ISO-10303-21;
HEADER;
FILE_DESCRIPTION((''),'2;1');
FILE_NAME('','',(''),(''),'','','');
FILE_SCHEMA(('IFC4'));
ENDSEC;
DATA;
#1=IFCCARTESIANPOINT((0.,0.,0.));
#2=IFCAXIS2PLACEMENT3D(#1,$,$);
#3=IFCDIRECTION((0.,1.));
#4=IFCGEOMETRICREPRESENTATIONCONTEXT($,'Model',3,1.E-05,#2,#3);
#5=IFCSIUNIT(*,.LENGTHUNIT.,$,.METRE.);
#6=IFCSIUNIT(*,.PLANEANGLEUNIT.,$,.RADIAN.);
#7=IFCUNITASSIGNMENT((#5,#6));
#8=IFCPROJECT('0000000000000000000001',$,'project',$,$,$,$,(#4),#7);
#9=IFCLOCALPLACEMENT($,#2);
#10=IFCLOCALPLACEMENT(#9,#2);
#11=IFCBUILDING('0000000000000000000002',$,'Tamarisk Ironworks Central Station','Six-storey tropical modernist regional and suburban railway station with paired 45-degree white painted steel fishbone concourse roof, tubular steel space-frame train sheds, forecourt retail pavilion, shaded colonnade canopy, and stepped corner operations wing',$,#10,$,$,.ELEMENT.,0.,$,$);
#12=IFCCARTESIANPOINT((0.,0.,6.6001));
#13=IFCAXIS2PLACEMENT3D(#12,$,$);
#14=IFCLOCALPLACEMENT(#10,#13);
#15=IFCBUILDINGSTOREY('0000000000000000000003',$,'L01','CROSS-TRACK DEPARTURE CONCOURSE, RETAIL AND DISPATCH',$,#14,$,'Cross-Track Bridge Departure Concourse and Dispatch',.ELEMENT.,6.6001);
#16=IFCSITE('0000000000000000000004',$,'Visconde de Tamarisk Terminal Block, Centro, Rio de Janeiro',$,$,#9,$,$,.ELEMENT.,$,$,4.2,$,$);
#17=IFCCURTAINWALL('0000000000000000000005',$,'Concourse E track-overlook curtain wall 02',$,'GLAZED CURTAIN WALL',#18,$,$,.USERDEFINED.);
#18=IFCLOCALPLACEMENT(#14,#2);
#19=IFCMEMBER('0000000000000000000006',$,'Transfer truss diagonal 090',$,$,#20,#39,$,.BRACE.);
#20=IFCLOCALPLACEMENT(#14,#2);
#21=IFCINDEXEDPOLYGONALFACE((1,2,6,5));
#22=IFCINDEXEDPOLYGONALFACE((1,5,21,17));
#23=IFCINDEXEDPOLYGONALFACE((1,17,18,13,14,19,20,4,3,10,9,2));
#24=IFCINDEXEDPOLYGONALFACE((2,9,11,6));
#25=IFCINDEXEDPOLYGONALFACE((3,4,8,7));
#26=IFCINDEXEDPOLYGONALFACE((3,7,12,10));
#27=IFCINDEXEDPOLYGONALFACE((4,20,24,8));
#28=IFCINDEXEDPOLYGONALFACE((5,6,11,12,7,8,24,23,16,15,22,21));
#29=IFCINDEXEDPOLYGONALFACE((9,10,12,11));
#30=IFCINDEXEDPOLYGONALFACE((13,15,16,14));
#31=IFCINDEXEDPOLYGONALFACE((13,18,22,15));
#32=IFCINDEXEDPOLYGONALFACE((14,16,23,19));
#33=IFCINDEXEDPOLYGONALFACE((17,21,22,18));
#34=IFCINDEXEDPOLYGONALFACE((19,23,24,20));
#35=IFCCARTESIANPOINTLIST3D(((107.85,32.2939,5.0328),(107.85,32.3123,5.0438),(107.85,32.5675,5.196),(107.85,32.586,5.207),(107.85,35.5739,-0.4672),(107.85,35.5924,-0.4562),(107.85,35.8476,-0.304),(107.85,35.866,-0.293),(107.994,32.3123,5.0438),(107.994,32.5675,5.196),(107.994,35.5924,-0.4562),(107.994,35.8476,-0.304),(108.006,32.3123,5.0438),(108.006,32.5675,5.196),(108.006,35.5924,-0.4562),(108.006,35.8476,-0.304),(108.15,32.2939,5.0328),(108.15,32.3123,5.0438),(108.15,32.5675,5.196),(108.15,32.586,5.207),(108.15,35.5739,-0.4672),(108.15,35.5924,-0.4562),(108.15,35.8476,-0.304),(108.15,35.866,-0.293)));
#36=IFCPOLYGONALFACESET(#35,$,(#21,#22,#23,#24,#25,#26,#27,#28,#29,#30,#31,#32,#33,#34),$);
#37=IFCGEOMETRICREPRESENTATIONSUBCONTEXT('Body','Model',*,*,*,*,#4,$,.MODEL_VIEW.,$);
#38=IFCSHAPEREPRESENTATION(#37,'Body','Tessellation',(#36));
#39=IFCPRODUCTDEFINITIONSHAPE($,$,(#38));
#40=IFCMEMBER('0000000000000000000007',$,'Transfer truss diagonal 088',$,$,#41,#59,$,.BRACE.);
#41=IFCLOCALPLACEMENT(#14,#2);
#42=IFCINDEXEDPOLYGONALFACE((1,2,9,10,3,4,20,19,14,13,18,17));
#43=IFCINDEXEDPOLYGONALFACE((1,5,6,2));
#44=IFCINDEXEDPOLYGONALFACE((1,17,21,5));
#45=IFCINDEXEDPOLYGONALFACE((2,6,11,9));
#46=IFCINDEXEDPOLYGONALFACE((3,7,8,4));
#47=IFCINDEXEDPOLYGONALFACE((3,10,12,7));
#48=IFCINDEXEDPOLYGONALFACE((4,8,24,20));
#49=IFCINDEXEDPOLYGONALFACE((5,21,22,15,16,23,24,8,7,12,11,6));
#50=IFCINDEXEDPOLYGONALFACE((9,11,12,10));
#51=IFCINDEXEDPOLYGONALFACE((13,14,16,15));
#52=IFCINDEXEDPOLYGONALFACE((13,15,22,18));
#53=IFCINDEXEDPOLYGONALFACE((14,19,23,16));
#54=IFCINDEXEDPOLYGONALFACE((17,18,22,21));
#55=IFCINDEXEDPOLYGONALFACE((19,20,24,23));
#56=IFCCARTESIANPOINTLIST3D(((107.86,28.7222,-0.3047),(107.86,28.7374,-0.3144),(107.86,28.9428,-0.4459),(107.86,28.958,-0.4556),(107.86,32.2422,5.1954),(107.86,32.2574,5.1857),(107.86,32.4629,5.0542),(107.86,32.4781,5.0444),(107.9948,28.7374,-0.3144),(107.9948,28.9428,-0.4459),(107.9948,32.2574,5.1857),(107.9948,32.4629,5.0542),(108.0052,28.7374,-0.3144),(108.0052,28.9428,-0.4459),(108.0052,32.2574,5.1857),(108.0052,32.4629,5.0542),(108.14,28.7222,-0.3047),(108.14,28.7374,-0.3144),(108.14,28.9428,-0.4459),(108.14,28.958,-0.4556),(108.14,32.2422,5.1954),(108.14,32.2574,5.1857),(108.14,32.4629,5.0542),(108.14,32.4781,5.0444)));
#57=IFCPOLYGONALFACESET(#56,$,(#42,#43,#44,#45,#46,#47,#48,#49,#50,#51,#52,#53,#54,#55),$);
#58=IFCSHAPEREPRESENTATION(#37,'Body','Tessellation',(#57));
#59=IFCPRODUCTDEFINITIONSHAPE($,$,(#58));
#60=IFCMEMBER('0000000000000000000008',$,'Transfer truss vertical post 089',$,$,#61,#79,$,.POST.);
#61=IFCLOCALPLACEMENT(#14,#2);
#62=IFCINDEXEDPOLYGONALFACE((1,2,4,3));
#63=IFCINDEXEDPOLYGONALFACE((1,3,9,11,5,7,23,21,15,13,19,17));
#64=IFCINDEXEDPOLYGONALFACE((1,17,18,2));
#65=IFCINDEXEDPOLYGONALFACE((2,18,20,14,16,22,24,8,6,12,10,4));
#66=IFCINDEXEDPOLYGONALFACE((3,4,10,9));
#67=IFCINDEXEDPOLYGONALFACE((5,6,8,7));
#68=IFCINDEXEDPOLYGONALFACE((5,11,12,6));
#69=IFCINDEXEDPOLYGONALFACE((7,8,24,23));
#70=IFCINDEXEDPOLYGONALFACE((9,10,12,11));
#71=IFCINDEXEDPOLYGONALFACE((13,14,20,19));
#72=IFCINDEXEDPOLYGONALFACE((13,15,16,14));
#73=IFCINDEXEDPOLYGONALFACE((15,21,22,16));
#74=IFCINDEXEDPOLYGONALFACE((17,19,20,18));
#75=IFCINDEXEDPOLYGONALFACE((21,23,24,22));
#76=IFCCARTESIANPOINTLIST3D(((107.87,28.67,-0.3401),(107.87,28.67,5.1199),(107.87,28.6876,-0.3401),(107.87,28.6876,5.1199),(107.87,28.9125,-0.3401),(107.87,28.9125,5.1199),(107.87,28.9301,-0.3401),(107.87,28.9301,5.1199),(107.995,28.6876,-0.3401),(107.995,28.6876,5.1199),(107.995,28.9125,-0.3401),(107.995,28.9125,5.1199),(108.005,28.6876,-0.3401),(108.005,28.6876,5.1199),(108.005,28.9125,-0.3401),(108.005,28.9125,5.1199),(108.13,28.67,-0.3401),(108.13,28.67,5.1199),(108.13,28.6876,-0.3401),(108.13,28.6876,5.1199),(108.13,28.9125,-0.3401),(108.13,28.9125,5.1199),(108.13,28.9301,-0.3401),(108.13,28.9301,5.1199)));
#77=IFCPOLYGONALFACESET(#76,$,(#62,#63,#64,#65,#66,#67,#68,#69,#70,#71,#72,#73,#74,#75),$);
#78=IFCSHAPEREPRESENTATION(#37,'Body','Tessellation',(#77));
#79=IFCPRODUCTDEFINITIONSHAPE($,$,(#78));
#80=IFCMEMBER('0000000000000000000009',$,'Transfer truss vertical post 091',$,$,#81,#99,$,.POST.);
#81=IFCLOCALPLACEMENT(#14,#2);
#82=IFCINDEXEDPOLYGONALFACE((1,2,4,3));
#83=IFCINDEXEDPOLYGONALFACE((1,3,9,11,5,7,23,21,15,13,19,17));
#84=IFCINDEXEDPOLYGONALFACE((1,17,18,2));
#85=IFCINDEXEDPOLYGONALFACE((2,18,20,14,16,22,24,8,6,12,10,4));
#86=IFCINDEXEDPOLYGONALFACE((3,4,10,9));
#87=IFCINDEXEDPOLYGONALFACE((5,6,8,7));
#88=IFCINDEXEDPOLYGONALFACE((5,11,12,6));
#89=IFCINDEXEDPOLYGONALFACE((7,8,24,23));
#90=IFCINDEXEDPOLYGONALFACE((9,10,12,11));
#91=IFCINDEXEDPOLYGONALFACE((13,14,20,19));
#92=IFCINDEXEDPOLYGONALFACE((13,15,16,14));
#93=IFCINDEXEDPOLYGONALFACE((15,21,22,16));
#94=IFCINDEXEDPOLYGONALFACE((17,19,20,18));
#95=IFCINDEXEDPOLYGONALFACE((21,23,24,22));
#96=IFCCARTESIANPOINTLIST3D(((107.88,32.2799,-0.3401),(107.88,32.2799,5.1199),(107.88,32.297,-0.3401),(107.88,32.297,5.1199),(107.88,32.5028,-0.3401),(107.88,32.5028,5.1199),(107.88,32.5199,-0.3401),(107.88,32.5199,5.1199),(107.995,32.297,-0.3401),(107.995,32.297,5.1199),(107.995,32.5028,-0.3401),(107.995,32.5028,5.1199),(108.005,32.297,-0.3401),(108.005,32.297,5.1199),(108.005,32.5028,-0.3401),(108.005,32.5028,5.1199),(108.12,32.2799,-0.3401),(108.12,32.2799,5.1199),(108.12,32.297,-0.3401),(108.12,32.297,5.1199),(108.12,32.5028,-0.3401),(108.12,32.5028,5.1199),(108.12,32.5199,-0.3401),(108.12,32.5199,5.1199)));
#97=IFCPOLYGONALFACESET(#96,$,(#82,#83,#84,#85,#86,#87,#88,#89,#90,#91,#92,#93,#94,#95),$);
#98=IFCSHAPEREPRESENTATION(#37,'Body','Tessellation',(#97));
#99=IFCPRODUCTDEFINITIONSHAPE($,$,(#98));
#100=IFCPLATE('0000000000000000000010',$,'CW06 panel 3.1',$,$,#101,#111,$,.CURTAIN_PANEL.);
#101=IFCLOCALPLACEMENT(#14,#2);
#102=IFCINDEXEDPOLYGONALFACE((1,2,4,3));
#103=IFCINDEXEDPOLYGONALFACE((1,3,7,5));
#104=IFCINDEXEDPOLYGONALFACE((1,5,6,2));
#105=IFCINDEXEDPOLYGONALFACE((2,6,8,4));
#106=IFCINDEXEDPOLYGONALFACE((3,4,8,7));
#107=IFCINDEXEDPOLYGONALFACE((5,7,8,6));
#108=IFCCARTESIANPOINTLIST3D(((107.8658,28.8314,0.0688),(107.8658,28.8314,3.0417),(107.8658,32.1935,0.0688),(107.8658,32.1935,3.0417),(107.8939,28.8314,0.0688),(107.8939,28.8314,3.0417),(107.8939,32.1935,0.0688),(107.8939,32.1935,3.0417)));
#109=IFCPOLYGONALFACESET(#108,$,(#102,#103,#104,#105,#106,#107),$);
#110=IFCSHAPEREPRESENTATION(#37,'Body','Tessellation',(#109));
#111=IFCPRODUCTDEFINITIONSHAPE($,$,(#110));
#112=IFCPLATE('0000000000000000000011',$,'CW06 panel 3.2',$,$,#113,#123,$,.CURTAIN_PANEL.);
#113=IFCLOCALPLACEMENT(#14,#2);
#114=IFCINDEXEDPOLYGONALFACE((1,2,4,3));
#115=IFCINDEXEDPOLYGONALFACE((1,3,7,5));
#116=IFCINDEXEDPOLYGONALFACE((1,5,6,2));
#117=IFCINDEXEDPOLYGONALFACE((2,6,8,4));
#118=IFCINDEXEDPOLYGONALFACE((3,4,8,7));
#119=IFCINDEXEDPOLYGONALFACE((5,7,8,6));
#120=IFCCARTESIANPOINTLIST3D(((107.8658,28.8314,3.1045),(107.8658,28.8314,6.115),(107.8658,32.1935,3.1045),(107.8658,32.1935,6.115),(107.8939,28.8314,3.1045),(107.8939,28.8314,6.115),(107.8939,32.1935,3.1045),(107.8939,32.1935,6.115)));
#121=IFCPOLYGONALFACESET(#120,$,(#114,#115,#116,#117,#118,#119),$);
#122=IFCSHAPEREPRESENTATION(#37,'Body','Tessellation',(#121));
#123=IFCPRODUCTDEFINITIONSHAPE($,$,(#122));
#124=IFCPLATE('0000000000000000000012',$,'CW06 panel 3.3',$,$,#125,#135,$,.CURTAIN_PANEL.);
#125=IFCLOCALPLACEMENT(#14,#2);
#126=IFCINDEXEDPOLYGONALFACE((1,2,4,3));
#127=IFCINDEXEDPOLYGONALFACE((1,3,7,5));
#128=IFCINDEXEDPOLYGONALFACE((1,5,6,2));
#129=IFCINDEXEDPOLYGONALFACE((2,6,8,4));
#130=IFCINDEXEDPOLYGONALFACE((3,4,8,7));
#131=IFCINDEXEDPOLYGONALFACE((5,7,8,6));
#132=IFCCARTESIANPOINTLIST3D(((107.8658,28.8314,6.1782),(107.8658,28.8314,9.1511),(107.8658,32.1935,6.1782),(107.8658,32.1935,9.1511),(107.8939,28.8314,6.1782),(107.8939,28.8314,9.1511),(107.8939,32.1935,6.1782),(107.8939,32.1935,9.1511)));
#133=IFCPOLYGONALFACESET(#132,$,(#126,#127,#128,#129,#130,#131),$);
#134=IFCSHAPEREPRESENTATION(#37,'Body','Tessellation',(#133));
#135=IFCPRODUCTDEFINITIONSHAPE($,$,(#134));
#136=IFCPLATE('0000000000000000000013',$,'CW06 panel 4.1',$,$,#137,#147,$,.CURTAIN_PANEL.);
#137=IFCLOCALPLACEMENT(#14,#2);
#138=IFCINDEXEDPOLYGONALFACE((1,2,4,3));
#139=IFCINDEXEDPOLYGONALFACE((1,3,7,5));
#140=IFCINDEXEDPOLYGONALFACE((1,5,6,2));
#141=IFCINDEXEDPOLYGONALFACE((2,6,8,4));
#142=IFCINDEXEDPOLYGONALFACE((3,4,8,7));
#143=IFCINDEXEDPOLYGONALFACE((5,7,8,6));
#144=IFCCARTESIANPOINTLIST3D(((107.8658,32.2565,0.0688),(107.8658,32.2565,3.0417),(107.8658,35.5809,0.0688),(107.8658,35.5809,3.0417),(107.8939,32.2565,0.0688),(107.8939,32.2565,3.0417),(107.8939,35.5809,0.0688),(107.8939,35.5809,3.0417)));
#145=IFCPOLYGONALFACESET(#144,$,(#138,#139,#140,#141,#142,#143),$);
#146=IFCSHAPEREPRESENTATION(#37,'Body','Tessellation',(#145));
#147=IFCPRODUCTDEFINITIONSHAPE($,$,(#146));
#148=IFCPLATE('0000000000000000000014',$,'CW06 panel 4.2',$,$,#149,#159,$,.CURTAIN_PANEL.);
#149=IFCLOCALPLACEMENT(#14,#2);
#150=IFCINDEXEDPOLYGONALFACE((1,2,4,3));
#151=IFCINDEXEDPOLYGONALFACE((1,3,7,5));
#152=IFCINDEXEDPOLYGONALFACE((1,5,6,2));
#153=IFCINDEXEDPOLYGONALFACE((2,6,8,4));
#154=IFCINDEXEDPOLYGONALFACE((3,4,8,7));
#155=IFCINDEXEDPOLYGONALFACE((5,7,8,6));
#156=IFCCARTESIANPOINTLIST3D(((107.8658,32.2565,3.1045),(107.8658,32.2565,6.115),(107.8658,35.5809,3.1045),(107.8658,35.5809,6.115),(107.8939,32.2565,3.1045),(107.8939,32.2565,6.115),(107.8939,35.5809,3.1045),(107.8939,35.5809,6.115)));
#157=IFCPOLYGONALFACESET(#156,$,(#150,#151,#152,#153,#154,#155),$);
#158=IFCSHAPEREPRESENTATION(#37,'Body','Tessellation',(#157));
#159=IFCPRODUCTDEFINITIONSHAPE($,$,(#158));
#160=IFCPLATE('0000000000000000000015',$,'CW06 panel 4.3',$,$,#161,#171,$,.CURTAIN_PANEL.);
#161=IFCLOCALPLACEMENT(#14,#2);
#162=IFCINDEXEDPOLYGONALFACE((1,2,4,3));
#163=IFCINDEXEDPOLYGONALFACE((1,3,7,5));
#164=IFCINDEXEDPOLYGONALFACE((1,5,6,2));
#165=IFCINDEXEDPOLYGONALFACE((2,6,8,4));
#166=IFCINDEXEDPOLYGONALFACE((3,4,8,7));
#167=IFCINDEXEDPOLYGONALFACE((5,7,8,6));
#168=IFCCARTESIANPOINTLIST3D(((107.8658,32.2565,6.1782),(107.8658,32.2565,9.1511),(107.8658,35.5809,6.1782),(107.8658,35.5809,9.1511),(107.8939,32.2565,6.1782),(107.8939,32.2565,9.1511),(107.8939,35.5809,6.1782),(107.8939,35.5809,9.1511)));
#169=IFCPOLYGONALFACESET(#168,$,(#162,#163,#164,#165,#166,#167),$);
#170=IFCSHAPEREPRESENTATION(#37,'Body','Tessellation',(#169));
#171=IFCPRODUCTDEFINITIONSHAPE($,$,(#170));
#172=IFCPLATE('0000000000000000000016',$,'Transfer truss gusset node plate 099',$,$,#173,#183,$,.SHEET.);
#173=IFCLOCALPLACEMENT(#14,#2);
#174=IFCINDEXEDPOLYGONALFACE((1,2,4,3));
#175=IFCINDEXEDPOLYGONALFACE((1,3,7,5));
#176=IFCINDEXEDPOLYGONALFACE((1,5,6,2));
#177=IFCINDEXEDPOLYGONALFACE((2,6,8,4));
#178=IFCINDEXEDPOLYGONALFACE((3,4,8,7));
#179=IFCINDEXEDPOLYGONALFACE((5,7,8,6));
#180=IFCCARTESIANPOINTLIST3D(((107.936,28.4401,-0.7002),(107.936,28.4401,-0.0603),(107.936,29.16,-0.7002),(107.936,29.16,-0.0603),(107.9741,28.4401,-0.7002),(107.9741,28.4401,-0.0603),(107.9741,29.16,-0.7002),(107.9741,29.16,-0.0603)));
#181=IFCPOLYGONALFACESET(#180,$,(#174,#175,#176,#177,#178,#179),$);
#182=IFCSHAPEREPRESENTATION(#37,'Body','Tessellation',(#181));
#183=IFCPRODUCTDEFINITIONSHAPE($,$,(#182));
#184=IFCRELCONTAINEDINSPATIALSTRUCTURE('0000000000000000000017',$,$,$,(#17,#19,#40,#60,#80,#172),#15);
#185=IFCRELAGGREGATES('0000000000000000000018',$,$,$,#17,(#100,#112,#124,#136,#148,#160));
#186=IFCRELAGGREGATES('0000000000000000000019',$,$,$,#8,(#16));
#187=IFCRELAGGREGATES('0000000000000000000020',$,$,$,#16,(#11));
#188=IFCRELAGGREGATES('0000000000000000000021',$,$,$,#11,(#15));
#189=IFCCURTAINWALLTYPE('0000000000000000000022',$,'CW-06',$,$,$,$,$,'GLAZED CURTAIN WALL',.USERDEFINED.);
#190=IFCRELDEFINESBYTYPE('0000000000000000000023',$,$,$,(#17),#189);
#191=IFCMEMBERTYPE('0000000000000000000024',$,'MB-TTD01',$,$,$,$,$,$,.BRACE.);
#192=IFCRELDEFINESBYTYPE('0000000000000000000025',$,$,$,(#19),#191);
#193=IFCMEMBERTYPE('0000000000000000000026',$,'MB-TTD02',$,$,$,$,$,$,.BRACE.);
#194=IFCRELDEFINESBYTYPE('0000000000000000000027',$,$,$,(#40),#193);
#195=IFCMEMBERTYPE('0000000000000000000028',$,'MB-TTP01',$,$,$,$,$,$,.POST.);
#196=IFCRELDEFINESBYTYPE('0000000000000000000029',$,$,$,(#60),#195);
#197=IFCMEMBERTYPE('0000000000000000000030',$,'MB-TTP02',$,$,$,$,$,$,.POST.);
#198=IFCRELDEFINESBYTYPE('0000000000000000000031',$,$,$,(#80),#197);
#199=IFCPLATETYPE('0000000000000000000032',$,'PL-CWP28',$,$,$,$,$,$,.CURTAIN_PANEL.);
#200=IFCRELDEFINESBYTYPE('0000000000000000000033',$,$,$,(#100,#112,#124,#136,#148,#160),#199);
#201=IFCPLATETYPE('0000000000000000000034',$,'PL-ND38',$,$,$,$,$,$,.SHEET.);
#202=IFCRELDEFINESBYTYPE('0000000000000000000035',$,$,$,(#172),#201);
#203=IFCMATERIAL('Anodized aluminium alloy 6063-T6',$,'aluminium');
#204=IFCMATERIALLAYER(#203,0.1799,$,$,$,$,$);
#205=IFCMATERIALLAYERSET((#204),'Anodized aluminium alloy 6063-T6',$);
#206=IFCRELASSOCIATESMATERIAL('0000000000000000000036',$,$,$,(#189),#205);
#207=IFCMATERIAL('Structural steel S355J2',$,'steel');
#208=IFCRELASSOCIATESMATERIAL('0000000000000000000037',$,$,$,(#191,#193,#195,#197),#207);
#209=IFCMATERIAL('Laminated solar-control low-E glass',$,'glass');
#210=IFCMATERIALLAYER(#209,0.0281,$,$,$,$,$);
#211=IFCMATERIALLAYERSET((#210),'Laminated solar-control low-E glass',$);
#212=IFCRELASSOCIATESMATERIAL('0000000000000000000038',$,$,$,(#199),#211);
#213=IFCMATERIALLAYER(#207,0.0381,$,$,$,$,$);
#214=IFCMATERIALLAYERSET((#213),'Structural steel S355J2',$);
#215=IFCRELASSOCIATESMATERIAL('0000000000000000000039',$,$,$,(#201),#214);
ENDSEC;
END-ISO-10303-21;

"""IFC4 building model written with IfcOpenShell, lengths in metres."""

from ifc_helpers import new_model, si_unit, direction, frame, origin, origin_2d, place, context, subcontext, project, spatial, rectangle, i_section, extrude, material, layer, layer_set, material_profile, profile_set, type_object, element, aggregate, save


model = new_model("IFC4")

# Units and contexts
model_context = context("Model", 3, precision=1e-05, world=origin(), true_north=direction((0.0, 1.0)))
body_context = subcontext(model_context, "Body", "Model", "MODEL_VIEW")
ifc_project = project(units=[si_unit("LENGTHUNIT", "METRE"), si_unit("PLANEANGLEUNIT", "RADIAN")], contexts=[model_context])

# Site, building, storey
site_placement = place(None, origin())
site = spatial("IfcSite", under=ifc_project, at=site_placement, Name="Visconde de Tamarisk Terminal Block, Centro, Rio de Janeiro", CompositionType="ELEMENT", RefElevation=4.2)
building_placement = place(site_placement, origin())
building = spatial("IfcBuilding", under=site, at=building_placement, Name="Tamarisk Ironworks Central Station", Description="Six-storey tropical modernist regional and suburban railway station with paired 45-degree white painted steel fishbone concourse roof, tubular steel space-frame train sheds, forecourt retail pavilion, shaded colonnade canopy, and stepped corner operations wing", CompositionType="ELEMENT", ElevationOfRefHeight=0.0)
storey_placement = place(building_placement, frame((0.0, 0.0, 6.6001)))
storey = spatial("IfcBuildingStorey", under=building, at=storey_placement, Name="L01", Description="CROSS-TRACK DEPARTURE CONCOURSE, RETAIL AND DISPATCH", LongName="Cross-Track Bridge Departure Concourse and Dispatch", CompositionType="ELEMENT", Elevation=6.6001)

# Curtain wall
ifc_material_1 = material(Name="Anodized aluminium alloy 6063-T6", Category="aluminium")
ifc_layer_1 = layer(ifc_material_1, 0.1799)
ifc_layer_set_1 = layer_set([ifc_layer_1], Name="Anodized aluminium alloy 6063-T6")
curtain_wall_type = type_object("IfcCurtainWallType", Name="CW-06", ElementType="GLAZED CURTAIN WALL", PredefinedType="USERDEFINED", material=ifc_layer_set_1)
curtain_wall_placement = place(storey_placement, origin())
curtain_wall = element("IfcCurtainWall", 1, at=curtain_wall_placement, inside=storey, type_object=curtain_wall_type, Name="Concourse E track-overlook curtain wall 02", ObjectType="GLAZED CURTAIN WALL", PredefinedType="USERDEFINED")

# Members
ifc_material_2 = material(Name="Structural steel S355J2", Category="steel")
ifc_material_profile_1 = material_profile(ifc_material_2, i_section(OverallWidth=0.3, OverallDepth=0.3401, WebThickness=0.012, FlangeThickness=0.0215, at=origin_2d()), Name="HEB 340")
ifc_profile_set_1 = profile_set([ifc_material_profile_1], Name="Structural steel S355J2")
member_type_1 = type_object("IfcMemberType", Name="MB-TTD01", PredefinedType="BRACE", material=ifc_profile_set_1)
member_1_placement = place(storey_placement, frame((108.0, 32.4399, 5.1199), z_axis=(0.0, 0.512201, -0.858866), x_axis=(-1.0, 0.0, 0.0)))
element("IfcMember", 2, at=member_1_placement, inside=storey, type_object=member_type_1, Name="Transfer truss diagonal 090", PredefinedType="BRACE", context=body_context, shape_type="SweptSolid", body=[
    extrude(i_section(OverallWidth=0.3, OverallDepth=0.3401, WebThickness=0.012, FlangeThickness=0.0215, at=origin_2d()), origin(), (0.0, 0.0, 1.0), 6.4038),
])
ifc_material_profile_2 = material_profile(ifc_material_2, i_section(OverallWidth=0.28, OverallDepth=0.28, WebThickness=0.0105, FlangeThickness=0.0181, at=origin_2d()), Name="HEB 280")
ifc_profile_set_2 = profile_set([ifc_material_profile_2], Name="Structural steel S355J2")
member_type_2 = type_object("IfcMemberType", Name="MB-TTD02", PredefinedType="BRACE", material=ifc_profile_set_2)
member_2_placement = place(storey_placement, frame((108.0, 28.8401, -0.3801), z_axis=(0.0, 0.539056, 0.84227), x_axis=(-1.0, 0.0, 0.0)))
element("IfcMember", 3, at=member_2_placement, inside=storey, type_object=member_type_2, Name="Transfer truss diagonal 088", PredefinedType="BRACE", context=body_context, shape_type="SweptSolid", body=[
    extrude(i_section(OverallWidth=0.28, OverallDepth=0.28, WebThickness=0.0105, FlangeThickness=0.0181, at=origin_2d()), origin(), (0.0, 0.0, 1.0), 6.53),
])
ifc_material_profile_3 = material_profile(ifc_material_2, i_section(OverallWidth=0.26, OverallDepth=0.26, WebThickness=0.01, FlangeThickness=0.0176, at=origin_2d()), Name="HEB 260")
ifc_profile_set_3 = profile_set([ifc_material_profile_3], Name="Structural steel S355J2")
member_type_3 = type_object("IfcMemberType", Name="MB-TTP01", PredefinedType="POST", material=ifc_profile_set_3)
member_3_placement = place(storey_placement, frame((108.0, 28.8, -0.3401), z_axis=(0.0, 0.0, 1.0), x_axis=(1.0, 0.0, 0.0)))
element("IfcMember", 4, at=member_3_placement, inside=storey, type_object=member_type_3, Name="Transfer truss vertical post 089", PredefinedType="POST", context=body_context, shape_type="SweptSolid", body=[
    extrude(i_section(OverallWidth=0.26, OverallDepth=0.26, WebThickness=0.01, FlangeThickness=0.0176, at=origin_2d()), origin(), (0.0, 0.0, 1.0), 5.46),
])
ifc_material_profile_4 = material_profile(ifc_material_2, i_section(OverallWidth=0.24, OverallDepth=0.24, WebThickness=0.01, FlangeThickness=0.0171, at=origin_2d()), Name="HEB 240")
ifc_profile_set_4 = profile_set([ifc_material_profile_4], Name="Structural steel S355J2")
member_type_4 = type_object("IfcMemberType", Name="MB-TTP02", PredefinedType="POST", material=ifc_profile_set_4)
member_4_placement = place(storey_placement, frame((108.0, 32.3999, -0.3401), z_axis=(0.0, 0.0, 1.0), x_axis=(1.0, 0.0, 0.0)))
element("IfcMember", 5, at=member_4_placement, inside=storey, type_object=member_type_4, Name="Transfer truss vertical post 091", PredefinedType="POST", context=body_context, shape_type="SweptSolid", body=[
    extrude(i_section(OverallWidth=0.24, OverallDepth=0.24, WebThickness=0.01, FlangeThickness=0.0171, at=origin_2d()), origin(), (0.0, 0.0, 1.0), 5.46),
])

# Plates
ifc_material_3 = material(Name="Laminated solar-control low-E glass", Category="glass")
ifc_layer_2 = layer(ifc_material_3, 0.0281)
ifc_layer_set_2 = layer_set([ifc_layer_2], Name="Laminated solar-control low-E glass")
plate_type_1 = type_object("IfcPlateType", Name="PL-CWP28", PredefinedType="CURTAIN_PANEL", material=ifc_layer_set_2)
plate_1_placement = place(storey_placement, frame((107.8799, 30.5125, 0.0688), z_axis=(0.0, 0.0, 1.0), x_axis=(0.0, 1.0, 0.0)))
plate_1 = element("IfcPlate", 6, at=plate_1_placement, type_object=plate_type_1, Name="CW06 panel 3.1", PredefinedType="CURTAIN_PANEL", context=body_context, shape_type="SweptSolid", body=[
    extrude(rectangle(XDim=3.3621, YDim=0.0281, at=origin_2d()), origin(), (0.0, 0.0, 1.0), 2.9729),
])
plate_2_placement = place(storey_placement, frame((107.8799, 30.5125, 3.1045), z_axis=(0.0, 0.0, 1.0), x_axis=(0.0, 1.0, 0.0)))
plate_2 = element("IfcPlate", 7, at=plate_2_placement, type_object=plate_type_1, Name="CW06 panel 3.2", PredefinedType="CURTAIN_PANEL", context=body_context, shape_type="SweptSolid", body=[
    extrude(rectangle(XDim=3.3621, YDim=0.0281, at=origin_2d()), origin(), (0.0, 0.0, 1.0), 3.0105),
])
plate_3_placement = place(storey_placement, frame((107.8799, 30.5125, 6.1782), z_axis=(0.0, 0.0, 1.0), x_axis=(0.0, 1.0, 0.0)))
plate_3 = element("IfcPlate", 8, at=plate_3_placement, type_object=plate_type_1, Name="CW06 panel 3.3", PredefinedType="CURTAIN_PANEL", context=body_context, shape_type="SweptSolid", body=[
    extrude(rectangle(XDim=3.3621, YDim=0.0281, at=origin_2d()), origin(), (0.0, 0.0, 1.0), 2.9729),
])
plate_4_placement = place(storey_placement, frame((107.8799, 33.9187, 0.0688), z_axis=(0.0, 0.0, 1.0), x_axis=(0.0, 1.0, 0.0)))
plate_4 = element("IfcPlate", 9, at=plate_4_placement, type_object=plate_type_1, Name="CW06 panel 4.1", PredefinedType="CURTAIN_PANEL", context=body_context, shape_type="SweptSolid", body=[
    extrude(rectangle(XDim=3.3245, YDim=0.0281, at=origin_2d()), origin(), (0.0, 0.0, 1.0), 2.9729),
])
plate_5_placement = place(storey_placement, frame((107.8799, 33.9187, 3.1045), z_axis=(0.0, 0.0, 1.0), x_axis=(0.0, 1.0, 0.0)))
plate_5 = element("IfcPlate", 10, at=plate_5_placement, type_object=plate_type_1, Name="CW06 panel 4.2", PredefinedType="CURTAIN_PANEL", context=body_context, shape_type="SweptSolid", body=[
    extrude(rectangle(XDim=3.3245, YDim=0.0281, at=origin_2d()), origin(), (0.0, 0.0, 1.0), 3.0105),
])
plate_6_placement = place(storey_placement, frame((107.8799, 33.9187, 6.1782), z_axis=(0.0, 0.0, 1.0), x_axis=(0.0, 1.0, 0.0)))
plate_6 = element("IfcPlate", 11, at=plate_6_placement, type_object=plate_type_1, Name="CW06 panel 4.3", PredefinedType="CURTAIN_PANEL", context=body_context, shape_type="SweptSolid", body=[
    extrude(rectangle(XDim=3.3245, YDim=0.0281, at=origin_2d()), origin(), (0.0, 0.0, 1.0), 2.9729),
])
aggregate(curtain_wall, [plate_1, plate_2, plate_3, plate_4, plate_5, plate_6])

# Plate
ifc_layer_3 = layer(ifc_material_2, 0.0381)
ifc_layer_set_3 = layer_set([ifc_layer_3], Name="Structural steel S355J2")
plate_type_2 = type_object("IfcPlateType", Name="PL-ND38", PredefinedType="SHEET", material=ifc_layer_set_3)
for number, where, z_axis, x_axis, name in (
    (12, (107.9551, 28.8, -0.7002), (0.0, 0.0, 1.0), (1.0, 0.0, 0.0), "Transfer truss gusset node plate 099"),
):
    element("IfcPlate", number, at=place(storey_placement, frame(where, z_axis=z_axis, x_axis=x_axis)), inside=storey, type_object=plate_type_2, Name=name, PredefinedType="SHEET", context=body_context, shape_type="SweptSolid", body=[
        extrude(rectangle(XDim=0.0381, YDim=0.72, at=origin_2d()), origin(), (0.0, 0.0, 1.0), 0.6399),
    ])

save(model, "model.ifc")
